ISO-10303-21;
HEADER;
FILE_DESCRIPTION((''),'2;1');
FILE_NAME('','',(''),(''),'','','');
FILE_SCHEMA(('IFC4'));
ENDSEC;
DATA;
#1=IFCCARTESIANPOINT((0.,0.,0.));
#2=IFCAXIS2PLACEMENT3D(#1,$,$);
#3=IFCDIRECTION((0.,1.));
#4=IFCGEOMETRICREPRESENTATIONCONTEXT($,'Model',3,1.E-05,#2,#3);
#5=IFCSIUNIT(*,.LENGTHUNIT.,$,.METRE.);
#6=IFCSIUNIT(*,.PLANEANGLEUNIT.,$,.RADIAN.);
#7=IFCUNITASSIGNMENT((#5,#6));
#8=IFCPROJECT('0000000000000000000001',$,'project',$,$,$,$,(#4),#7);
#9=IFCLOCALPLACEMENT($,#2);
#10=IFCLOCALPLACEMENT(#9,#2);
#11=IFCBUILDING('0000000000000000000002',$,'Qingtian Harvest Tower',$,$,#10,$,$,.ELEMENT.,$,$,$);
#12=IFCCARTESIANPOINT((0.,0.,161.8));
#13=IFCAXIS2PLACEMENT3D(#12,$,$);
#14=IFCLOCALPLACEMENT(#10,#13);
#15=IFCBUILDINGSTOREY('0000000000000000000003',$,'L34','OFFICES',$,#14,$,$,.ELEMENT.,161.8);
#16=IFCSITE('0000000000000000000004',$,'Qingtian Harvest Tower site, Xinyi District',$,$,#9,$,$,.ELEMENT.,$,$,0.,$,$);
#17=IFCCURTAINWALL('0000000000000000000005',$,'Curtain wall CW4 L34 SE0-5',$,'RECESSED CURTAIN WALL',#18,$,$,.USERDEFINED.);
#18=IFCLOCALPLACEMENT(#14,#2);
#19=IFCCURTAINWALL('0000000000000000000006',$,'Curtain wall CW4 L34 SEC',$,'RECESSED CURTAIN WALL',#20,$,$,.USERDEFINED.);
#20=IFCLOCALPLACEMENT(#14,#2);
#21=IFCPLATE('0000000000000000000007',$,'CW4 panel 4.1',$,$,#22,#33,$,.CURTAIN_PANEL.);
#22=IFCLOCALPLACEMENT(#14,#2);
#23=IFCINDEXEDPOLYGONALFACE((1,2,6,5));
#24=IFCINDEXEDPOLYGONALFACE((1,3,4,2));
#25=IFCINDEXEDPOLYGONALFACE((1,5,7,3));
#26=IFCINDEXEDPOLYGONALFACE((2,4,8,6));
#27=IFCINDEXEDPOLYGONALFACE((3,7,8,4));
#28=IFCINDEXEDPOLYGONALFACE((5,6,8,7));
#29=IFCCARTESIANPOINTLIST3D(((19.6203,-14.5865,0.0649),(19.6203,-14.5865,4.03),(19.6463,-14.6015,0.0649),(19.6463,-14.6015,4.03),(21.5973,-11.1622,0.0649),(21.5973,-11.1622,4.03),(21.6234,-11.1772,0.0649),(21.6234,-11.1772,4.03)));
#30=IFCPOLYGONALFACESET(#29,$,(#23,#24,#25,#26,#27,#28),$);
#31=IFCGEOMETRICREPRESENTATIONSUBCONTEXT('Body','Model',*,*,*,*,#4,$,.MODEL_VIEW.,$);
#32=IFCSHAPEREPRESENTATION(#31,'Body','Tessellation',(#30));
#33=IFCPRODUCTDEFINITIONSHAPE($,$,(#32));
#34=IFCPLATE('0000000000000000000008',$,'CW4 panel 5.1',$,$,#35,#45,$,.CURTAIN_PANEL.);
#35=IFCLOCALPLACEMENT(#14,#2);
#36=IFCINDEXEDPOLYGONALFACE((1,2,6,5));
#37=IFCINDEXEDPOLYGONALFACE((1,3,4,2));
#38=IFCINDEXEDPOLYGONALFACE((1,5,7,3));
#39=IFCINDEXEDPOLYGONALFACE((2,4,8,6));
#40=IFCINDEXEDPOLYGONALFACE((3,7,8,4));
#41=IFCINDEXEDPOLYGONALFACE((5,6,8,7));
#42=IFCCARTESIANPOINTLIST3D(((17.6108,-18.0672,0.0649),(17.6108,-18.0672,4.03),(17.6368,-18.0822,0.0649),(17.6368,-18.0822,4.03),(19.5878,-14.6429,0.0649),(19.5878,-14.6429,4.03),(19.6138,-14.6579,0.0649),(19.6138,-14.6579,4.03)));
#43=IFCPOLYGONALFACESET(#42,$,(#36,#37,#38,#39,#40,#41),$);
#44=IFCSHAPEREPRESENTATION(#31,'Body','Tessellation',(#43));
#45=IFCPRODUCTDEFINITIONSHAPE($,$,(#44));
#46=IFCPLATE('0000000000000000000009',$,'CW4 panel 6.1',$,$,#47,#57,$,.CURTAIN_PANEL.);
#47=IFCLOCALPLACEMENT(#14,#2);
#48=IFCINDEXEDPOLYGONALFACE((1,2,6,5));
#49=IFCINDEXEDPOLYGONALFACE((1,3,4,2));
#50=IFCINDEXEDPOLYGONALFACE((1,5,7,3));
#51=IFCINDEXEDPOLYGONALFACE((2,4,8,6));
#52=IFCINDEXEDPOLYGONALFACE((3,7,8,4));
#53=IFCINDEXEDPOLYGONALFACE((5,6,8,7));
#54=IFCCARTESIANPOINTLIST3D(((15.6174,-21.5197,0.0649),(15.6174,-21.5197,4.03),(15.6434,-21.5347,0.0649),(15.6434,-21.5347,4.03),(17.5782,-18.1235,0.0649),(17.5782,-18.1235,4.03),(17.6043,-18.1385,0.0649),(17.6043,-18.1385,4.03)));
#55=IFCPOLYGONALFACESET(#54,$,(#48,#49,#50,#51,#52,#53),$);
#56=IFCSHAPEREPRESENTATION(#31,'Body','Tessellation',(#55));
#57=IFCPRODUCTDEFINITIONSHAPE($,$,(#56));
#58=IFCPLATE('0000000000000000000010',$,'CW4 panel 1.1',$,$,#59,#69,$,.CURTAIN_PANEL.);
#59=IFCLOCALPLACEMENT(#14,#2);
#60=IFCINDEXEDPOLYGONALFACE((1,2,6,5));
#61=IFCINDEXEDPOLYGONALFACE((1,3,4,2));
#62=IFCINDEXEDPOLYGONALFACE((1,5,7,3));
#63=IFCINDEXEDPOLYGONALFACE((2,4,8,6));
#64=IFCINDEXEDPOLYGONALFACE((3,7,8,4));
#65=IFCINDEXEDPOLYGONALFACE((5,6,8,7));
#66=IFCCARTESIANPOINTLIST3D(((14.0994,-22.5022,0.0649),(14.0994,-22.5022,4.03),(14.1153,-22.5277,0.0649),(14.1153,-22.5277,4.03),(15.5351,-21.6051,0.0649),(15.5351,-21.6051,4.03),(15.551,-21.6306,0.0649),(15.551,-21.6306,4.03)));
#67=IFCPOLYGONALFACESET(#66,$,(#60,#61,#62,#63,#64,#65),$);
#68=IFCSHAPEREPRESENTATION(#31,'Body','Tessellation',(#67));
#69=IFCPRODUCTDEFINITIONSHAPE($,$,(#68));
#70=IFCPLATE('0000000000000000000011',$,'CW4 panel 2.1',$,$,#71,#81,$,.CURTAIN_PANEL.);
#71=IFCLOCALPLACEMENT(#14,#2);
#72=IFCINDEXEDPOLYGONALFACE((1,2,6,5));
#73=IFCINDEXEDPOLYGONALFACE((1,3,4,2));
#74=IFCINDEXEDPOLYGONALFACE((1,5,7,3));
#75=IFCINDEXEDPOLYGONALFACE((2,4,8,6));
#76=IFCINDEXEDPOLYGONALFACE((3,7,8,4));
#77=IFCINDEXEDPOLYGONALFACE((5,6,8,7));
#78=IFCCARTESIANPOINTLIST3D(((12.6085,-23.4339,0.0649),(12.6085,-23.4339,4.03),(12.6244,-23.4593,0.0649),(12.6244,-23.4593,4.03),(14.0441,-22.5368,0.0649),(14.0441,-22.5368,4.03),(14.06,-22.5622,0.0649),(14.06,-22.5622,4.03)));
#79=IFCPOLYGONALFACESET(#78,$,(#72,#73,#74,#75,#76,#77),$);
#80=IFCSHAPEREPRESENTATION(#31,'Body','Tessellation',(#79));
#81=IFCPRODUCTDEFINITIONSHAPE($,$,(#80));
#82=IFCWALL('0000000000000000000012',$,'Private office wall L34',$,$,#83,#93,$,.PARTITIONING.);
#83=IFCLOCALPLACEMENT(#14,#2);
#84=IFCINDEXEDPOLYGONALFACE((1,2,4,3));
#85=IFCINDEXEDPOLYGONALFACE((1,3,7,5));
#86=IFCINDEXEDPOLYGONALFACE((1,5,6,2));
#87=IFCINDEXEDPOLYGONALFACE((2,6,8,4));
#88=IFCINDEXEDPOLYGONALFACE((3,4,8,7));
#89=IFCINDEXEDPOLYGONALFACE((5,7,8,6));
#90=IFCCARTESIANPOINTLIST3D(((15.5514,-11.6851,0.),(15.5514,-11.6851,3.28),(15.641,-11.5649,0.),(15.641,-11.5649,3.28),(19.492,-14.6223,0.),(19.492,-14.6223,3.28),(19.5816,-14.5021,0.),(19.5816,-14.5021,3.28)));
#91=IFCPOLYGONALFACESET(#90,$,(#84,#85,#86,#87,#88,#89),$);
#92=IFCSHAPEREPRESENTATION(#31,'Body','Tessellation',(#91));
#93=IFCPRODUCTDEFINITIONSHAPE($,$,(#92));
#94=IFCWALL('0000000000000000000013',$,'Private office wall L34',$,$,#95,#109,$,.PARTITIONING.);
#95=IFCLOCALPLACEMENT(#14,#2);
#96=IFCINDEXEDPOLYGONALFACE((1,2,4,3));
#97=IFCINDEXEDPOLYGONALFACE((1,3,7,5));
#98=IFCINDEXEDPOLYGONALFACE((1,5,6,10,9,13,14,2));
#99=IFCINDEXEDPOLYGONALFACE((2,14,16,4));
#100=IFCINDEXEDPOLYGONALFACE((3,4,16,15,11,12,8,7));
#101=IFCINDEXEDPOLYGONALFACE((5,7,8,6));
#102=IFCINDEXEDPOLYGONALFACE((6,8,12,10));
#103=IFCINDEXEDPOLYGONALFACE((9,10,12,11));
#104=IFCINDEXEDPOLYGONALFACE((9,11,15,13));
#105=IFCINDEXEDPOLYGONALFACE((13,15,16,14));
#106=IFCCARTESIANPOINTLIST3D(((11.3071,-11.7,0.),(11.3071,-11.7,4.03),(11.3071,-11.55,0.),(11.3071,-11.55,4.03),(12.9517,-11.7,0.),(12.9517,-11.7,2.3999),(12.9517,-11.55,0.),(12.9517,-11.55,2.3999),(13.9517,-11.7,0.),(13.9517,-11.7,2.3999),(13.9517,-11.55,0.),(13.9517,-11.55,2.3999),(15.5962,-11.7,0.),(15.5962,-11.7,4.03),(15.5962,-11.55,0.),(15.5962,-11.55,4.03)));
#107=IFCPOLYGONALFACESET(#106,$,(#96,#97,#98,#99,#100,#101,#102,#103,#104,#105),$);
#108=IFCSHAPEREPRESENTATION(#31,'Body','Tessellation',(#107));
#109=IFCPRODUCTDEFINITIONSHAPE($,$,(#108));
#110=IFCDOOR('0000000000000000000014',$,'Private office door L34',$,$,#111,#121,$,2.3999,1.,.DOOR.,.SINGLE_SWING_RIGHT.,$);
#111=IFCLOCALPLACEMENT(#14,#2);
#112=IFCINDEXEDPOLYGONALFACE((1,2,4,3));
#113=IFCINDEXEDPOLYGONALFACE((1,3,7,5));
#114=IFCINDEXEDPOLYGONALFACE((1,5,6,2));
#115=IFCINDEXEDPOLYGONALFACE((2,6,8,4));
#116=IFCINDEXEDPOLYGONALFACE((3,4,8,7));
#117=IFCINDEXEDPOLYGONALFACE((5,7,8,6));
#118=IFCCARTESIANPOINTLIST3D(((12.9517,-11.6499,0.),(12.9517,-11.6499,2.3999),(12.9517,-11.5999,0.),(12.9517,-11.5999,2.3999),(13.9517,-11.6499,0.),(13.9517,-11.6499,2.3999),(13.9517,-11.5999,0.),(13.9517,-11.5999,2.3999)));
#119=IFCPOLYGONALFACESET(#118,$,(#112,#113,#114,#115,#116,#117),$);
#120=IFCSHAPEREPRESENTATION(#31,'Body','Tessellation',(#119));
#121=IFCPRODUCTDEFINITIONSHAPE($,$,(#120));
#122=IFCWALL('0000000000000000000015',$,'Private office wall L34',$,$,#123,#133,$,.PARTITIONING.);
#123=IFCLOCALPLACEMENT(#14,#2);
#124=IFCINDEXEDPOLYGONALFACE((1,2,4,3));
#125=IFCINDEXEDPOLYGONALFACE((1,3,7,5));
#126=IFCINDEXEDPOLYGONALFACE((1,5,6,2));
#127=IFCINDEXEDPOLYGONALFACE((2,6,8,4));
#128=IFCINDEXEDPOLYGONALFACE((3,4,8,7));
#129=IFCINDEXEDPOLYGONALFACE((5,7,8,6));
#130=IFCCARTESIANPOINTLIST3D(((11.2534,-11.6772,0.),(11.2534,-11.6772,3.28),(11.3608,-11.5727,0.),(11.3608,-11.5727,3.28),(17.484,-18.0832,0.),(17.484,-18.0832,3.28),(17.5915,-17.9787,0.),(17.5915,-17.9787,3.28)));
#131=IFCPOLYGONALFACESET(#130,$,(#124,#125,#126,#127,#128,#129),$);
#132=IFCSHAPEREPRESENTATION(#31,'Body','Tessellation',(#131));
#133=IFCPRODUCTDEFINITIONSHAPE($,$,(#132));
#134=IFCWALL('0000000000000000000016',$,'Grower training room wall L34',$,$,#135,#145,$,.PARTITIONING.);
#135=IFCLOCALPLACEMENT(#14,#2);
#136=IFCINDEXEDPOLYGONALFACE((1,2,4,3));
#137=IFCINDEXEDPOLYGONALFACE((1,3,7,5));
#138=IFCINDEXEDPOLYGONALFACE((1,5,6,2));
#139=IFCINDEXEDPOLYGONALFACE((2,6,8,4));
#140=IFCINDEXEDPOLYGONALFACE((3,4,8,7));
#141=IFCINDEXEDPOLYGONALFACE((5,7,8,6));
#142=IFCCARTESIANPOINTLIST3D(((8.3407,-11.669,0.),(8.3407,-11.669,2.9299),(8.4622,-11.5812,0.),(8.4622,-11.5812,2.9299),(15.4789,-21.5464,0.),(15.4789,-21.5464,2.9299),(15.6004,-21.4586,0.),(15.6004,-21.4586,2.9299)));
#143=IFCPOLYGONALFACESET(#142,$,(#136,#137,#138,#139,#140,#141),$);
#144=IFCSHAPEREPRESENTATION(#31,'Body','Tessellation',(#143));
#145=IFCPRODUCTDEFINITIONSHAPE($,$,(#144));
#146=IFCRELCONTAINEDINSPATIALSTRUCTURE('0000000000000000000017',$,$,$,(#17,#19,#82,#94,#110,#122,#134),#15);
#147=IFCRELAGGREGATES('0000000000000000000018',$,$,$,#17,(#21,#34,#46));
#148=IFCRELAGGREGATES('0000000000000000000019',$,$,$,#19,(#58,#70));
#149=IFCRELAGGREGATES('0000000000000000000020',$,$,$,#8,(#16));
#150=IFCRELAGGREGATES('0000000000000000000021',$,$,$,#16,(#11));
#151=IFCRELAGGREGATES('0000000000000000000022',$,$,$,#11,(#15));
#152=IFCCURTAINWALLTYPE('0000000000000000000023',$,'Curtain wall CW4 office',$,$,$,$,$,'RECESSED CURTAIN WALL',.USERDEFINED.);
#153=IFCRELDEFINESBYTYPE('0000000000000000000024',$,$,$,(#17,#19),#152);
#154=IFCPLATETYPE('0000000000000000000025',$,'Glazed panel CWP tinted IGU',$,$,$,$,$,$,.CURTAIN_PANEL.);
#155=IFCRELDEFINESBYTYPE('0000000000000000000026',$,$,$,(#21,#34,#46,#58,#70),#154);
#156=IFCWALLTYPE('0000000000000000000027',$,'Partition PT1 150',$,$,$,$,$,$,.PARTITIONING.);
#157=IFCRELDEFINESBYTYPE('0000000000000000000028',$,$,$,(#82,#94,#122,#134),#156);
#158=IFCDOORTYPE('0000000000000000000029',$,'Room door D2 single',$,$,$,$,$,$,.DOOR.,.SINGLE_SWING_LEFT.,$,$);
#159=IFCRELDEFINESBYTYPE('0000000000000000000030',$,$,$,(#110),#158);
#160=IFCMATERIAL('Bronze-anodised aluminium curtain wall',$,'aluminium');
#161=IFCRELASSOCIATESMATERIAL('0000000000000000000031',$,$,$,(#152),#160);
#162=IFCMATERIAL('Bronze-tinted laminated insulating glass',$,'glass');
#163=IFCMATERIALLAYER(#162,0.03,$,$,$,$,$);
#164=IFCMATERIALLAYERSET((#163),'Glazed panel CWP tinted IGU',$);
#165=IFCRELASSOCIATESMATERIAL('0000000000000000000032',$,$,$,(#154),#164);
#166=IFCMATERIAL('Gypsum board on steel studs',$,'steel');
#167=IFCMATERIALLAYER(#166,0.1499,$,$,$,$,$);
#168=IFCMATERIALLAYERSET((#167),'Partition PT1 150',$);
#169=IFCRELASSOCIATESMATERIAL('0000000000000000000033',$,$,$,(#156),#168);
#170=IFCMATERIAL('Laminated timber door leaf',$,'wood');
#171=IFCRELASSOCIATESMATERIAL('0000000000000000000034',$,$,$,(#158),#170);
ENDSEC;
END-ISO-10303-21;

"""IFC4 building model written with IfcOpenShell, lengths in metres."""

from ifc_helpers import new_model, si_unit, direction, frame, frame_2d, origin, origin_2d, place, context, subcontext, project, spatial, rectangle, extrude, material, layer, layer_set, type_object, element, fill, aggregate, save


model = new_model("IFC4")

# Units and contexts
model_context = context("Model", 3, precision=1e-05, world=origin(), true_north=direction((0.0, 1.0)))
body_context = subcontext(model_context, "Body", "Model", "MODEL_VIEW")
ifc_project = project(units=[si_unit("LENGTHUNIT", "METRE"), si_unit("PLANEANGLEUNIT", "RADIAN")], contexts=[model_context])

# Site, building, storey
site_placement = place(None, origin())
site = spatial("IfcSite", under=ifc_project, at=site_placement, Name="Qingtian Harvest Tower site, Xinyi District", CompositionType="ELEMENT", RefElevation=0.0)
building_placement = place(site_placement, origin())
building = spatial("IfcBuilding", under=site, at=building_placement, Name="Qingtian Harvest Tower", CompositionType="ELEMENT")
storey_placement = place(building_placement, frame((0.0, 0.0, 161.8)))
storey = spatial("IfcBuildingStorey", under=building, at=storey_placement, Name="L34", Description="OFFICES", CompositionType="ELEMENT", Elevation=161.8)

# Curtain walls
ifc_material_1 = material(Name="Bronze-anodised aluminium curtain wall", Category="aluminium")
curtain_wall_type = type_object("IfcCurtainWallType", Name="Curtain wall CW4 office", ElementType="RECESSED CURTAIN WALL", PredefinedType="USERDEFINED", material=ifc_material_1)
curtain_wall_1_placement = place(storey_placement, origin())
curtain_wall_1 = element("IfcCurtainWall", 1, at=curtain_wall_1_placement, inside=storey, type_object=curtain_wall_type, Name="Curtain wall CW4 L34 SE0-5", ObjectType="RECESSED CURTAIN WALL", PredefinedType="USERDEFINED")
curtain_wall_2_placement = place(storey_placement, origin())
curtain_wall_2 = element("IfcCurtainWall", 2, at=curtain_wall_2_placement, inside=storey, type_object=curtain_wall_type, Name="Curtain wall CW4 L34 SEC", ObjectType="RECESSED CURTAIN WALL", PredefinedType="USERDEFINED")

# Plates
ifc_material_2 = material(Name="Bronze-tinted laminated insulating glass", Category="glass")
ifc_layer_1 = layer(ifc_material_2, 0.03)
ifc_layer_set_1 = layer_set([ifc_layer_1], Name="Glazed panel CWP tinted IGU")
plate_type = type_object("IfcPlateType", Name="Glazed panel CWP tinted IGU", PredefinedType="CURTAIN_PANEL", material=ifc_layer_set_1)
plate_1_placement = place(storey_placement, frame((20.6218, -12.8818, 0.0649), z_axis=(0.0, 0.0, 1.0), x_axis=(-0.5, -0.866025, 0.0)))
plate_1 = element("IfcPlate", 3, at=plate_1_placement, type_object=plate_type, Name="CW4 panel 4.1", PredefinedType="CURTAIN_PANEL", context=body_context, shape_type="SweptSolid", body=[
    extrude(rectangle(XDim=3.9541, YDim=0.03, at=origin_2d()), origin(), (0.0, 0.0, 1.0), 3.9651),
])
plate_2_placement = place(storey_placement, frame((18.6123, -16.3625, 0.0649), z_axis=(0.0, 0.0, 1.0), x_axis=(-0.5, -0.866025, 0.0)))
plate_2 = element("IfcPlate", 4, at=plate_2_placement, type_object=plate_type, Name="CW4 panel 5.1", PredefinedType="CURTAIN_PANEL", context=body_context, shape_type="SweptSolid", body=[
    extrude(rectangle(XDim=3.9541, YDim=0.03, at=origin_2d()), origin(), (0.0, 0.0, 1.0), 3.9651),
])
plate_3_placement = place(storey_placement, frame((16.6108, -19.8291, 0.0649), z_axis=(0.0, 0.0, 1.0), x_axis=(-0.5, -0.866025, 0.0)))
plate_3 = element("IfcPlate", 5, at=plate_3_placement, type_object=plate_type, Name="CW4 panel 6.1", PredefinedType="CURTAIN_PANEL", context=body_context, shape_type="SweptSolid", body=[
    extrude(rectangle(XDim=3.9216, YDim=0.03, at=origin_2d()), origin(), (0.0, 0.0, 1.0), 3.9651),
])
aggregate(curtain_wall_1, [plate_1, plate_2, plate_3])
plate_4_placement = place(storey_placement, frame((14.8252, -22.0664, 0.0649), z_axis=(0.0, 0.0, 1.0), x_axis=(-0.848048, -0.529919, 0.0)))
plate_4 = element("IfcPlate", 6, at=plate_4_placement, type_object=plate_type, Name="CW4 panel 1.1", PredefinedType="CURTAIN_PANEL", context=body_context, shape_type="SweptSolid", body=[
    extrude(rectangle(XDim=1.6929, YDim=0.03, at=origin_2d()), origin(), (0.0, 0.0, 1.0), 3.9651),
])
plate_5_placement = place(storey_placement, frame((13.3342, -22.998, 0.0649), z_axis=(0.0, 0.0, 1.0), x_axis=(-0.848048, -0.529919, 0.0)))
plate_5 = element("IfcPlate", 7, at=plate_5_placement, type_object=plate_type, Name="CW4 panel 2.1", PredefinedType="CURTAIN_PANEL", context=body_context, shape_type="SweptSolid", body=[
    extrude(rectangle(XDim=1.6929, YDim=0.03, at=origin_2d()), origin(), (0.0, 0.0, 1.0), 3.9651),
])
aggregate(curtain_wall_2, [plate_4, plate_5])

# Wall
ifc_material_3 = material(Name="Gypsum board on steel studs", Category="steel")
ifc_layer_2 = layer(ifc_material_3, 0.1499)
ifc_layer_set_2 = layer_set([ifc_layer_2], Name="Partition PT1 150")
wall_type = type_object("IfcWallType", Name="Partition PT1 150", PredefinedType="PARTITIONING", material=ifc_layer_set_2)
wall_1_placement = place(storey_placement, frame((19.5369, -14.5623, 0.0), z_axis=(0.0, 0.0, 1.0), x_axis=(-0.801779, 0.597621, 0.0)))
element("IfcWall", 8, at=wall_1_placement, inside=storey, type_object=wall_type, Name="Private office wall L34", PredefinedType="PARTITIONING", context=body_context, shape_type="SweptSolid", body=[
    extrude(rectangle(XDim=4.9148, YDim=0.1499, at=frame_2d((2.4575, 0.0))), origin(), (0.0, 0.0, 1.0), 3.28),
])

# Wall, opening, door
wall_2_placement = place(storey_placement, frame((15.5962, -11.625, 0.0), z_axis=(0.0, 0.0, 1.0), x_axis=(-1.0, 0.0, 0.0)))
wall_2 = element("IfcWall", 9, at=wall_2_placement, inside=storey, type_object=wall_type, Name="Private office wall L34", PredefinedType="PARTITIONING", context=body_context, shape_type="SweptSolid", body=[
    extrude(rectangle(XDim=4.2891, YDim=0.1499, at=frame_2d((2.1445, 0.0))), origin(), (0.0, 0.0, 1.0), 4.03),
])
opening_placement = place(wall_2_placement, frame((1.6445, 0.0, 0.0)))
opening = element("IfcOpeningElement", 10, at=opening_placement, cuts=wall_2, PredefinedType="OPENING", context=body_context, shape_type="SweptSolid", body=[
    extrude(rectangle(XDim=1.0, YDim=2.3999, at=frame_2d((0.5, 1.2))), frame((0.0, 0.085, 0.0), z_axis=(0.0, -1.0, 0.0), x_axis=(1.0, 0.0, 0.0)), (0.0, 0.0, 1.0), 0.1699),
])
ifc_material_4 = material(Name="Laminated timber door leaf", Category="wood")
door_type = type_object("IfcDoorType", Name="Room door D2 single", OperationType="SINGLE_SWING_LEFT", PredefinedType="DOOR", material=ifc_material_4)
door_placement = place(opening_placement, origin())
door = element("IfcDoor", 11, at=door_placement, inside=storey, type_object=door_type, Name="Private office door L34", OperationType="SINGLE_SWING_RIGHT", OverallHeight=2.3999, OverallWidth=1.0, PredefinedType="DOOR", context=body_context, shape_type="SweptSolid", body=[
    extrude(rectangle(XDim=1.0, YDim=2.3999, at=frame_2d((0.5, 1.2))), frame((0.0, 0.0249, 0.0), z_axis=(0.0, -1.0, 0.0), x_axis=(1.0, 0.0, 0.0)), (0.0, 0.0, 1.0), 0.05),
])
fill(opening, door)

# Walls
wall_3_placement = place(storey_placement, frame((17.5378, -18.031, 0.0), z_axis=(0.0, 0.0, 1.0), x_axis=(-0.697231, 0.716847, 0.0)))
element("IfcWall", 12, at=wall_3_placement, inside=storey, type_object=wall_type, Name="Private office wall L34", PredefinedType="PARTITIONING", context=body_context, shape_type="SweptSolid", body=[
    extrude(rectangle(XDim=8.9363, YDim=0.1499, at=frame_2d((4.4683, 0.0))), origin(), (0.0, 0.0, 1.0), 3.28),
])
wall_4_placement = place(storey_placement, frame((15.5396, -21.5024, 0.0), z_axis=(0.0, 0.0, 1.0), x_axis=(-0.585732, 0.810505, 0.0)))
element("IfcWall", 13, at=wall_4_placement, inside=storey, type_object=wall_type, Name="Grower training room wall L34", PredefinedType="PARTITIONING", context=body_context, shape_type="SweptSolid", body=[
    extrude(rectangle(XDim=12.1868, YDim=0.1499, at=frame_2d((6.0933, 0.0))), origin(), (0.0, 0.0, 1.0), 2.9299),
])

save(model, "model.ifc")
